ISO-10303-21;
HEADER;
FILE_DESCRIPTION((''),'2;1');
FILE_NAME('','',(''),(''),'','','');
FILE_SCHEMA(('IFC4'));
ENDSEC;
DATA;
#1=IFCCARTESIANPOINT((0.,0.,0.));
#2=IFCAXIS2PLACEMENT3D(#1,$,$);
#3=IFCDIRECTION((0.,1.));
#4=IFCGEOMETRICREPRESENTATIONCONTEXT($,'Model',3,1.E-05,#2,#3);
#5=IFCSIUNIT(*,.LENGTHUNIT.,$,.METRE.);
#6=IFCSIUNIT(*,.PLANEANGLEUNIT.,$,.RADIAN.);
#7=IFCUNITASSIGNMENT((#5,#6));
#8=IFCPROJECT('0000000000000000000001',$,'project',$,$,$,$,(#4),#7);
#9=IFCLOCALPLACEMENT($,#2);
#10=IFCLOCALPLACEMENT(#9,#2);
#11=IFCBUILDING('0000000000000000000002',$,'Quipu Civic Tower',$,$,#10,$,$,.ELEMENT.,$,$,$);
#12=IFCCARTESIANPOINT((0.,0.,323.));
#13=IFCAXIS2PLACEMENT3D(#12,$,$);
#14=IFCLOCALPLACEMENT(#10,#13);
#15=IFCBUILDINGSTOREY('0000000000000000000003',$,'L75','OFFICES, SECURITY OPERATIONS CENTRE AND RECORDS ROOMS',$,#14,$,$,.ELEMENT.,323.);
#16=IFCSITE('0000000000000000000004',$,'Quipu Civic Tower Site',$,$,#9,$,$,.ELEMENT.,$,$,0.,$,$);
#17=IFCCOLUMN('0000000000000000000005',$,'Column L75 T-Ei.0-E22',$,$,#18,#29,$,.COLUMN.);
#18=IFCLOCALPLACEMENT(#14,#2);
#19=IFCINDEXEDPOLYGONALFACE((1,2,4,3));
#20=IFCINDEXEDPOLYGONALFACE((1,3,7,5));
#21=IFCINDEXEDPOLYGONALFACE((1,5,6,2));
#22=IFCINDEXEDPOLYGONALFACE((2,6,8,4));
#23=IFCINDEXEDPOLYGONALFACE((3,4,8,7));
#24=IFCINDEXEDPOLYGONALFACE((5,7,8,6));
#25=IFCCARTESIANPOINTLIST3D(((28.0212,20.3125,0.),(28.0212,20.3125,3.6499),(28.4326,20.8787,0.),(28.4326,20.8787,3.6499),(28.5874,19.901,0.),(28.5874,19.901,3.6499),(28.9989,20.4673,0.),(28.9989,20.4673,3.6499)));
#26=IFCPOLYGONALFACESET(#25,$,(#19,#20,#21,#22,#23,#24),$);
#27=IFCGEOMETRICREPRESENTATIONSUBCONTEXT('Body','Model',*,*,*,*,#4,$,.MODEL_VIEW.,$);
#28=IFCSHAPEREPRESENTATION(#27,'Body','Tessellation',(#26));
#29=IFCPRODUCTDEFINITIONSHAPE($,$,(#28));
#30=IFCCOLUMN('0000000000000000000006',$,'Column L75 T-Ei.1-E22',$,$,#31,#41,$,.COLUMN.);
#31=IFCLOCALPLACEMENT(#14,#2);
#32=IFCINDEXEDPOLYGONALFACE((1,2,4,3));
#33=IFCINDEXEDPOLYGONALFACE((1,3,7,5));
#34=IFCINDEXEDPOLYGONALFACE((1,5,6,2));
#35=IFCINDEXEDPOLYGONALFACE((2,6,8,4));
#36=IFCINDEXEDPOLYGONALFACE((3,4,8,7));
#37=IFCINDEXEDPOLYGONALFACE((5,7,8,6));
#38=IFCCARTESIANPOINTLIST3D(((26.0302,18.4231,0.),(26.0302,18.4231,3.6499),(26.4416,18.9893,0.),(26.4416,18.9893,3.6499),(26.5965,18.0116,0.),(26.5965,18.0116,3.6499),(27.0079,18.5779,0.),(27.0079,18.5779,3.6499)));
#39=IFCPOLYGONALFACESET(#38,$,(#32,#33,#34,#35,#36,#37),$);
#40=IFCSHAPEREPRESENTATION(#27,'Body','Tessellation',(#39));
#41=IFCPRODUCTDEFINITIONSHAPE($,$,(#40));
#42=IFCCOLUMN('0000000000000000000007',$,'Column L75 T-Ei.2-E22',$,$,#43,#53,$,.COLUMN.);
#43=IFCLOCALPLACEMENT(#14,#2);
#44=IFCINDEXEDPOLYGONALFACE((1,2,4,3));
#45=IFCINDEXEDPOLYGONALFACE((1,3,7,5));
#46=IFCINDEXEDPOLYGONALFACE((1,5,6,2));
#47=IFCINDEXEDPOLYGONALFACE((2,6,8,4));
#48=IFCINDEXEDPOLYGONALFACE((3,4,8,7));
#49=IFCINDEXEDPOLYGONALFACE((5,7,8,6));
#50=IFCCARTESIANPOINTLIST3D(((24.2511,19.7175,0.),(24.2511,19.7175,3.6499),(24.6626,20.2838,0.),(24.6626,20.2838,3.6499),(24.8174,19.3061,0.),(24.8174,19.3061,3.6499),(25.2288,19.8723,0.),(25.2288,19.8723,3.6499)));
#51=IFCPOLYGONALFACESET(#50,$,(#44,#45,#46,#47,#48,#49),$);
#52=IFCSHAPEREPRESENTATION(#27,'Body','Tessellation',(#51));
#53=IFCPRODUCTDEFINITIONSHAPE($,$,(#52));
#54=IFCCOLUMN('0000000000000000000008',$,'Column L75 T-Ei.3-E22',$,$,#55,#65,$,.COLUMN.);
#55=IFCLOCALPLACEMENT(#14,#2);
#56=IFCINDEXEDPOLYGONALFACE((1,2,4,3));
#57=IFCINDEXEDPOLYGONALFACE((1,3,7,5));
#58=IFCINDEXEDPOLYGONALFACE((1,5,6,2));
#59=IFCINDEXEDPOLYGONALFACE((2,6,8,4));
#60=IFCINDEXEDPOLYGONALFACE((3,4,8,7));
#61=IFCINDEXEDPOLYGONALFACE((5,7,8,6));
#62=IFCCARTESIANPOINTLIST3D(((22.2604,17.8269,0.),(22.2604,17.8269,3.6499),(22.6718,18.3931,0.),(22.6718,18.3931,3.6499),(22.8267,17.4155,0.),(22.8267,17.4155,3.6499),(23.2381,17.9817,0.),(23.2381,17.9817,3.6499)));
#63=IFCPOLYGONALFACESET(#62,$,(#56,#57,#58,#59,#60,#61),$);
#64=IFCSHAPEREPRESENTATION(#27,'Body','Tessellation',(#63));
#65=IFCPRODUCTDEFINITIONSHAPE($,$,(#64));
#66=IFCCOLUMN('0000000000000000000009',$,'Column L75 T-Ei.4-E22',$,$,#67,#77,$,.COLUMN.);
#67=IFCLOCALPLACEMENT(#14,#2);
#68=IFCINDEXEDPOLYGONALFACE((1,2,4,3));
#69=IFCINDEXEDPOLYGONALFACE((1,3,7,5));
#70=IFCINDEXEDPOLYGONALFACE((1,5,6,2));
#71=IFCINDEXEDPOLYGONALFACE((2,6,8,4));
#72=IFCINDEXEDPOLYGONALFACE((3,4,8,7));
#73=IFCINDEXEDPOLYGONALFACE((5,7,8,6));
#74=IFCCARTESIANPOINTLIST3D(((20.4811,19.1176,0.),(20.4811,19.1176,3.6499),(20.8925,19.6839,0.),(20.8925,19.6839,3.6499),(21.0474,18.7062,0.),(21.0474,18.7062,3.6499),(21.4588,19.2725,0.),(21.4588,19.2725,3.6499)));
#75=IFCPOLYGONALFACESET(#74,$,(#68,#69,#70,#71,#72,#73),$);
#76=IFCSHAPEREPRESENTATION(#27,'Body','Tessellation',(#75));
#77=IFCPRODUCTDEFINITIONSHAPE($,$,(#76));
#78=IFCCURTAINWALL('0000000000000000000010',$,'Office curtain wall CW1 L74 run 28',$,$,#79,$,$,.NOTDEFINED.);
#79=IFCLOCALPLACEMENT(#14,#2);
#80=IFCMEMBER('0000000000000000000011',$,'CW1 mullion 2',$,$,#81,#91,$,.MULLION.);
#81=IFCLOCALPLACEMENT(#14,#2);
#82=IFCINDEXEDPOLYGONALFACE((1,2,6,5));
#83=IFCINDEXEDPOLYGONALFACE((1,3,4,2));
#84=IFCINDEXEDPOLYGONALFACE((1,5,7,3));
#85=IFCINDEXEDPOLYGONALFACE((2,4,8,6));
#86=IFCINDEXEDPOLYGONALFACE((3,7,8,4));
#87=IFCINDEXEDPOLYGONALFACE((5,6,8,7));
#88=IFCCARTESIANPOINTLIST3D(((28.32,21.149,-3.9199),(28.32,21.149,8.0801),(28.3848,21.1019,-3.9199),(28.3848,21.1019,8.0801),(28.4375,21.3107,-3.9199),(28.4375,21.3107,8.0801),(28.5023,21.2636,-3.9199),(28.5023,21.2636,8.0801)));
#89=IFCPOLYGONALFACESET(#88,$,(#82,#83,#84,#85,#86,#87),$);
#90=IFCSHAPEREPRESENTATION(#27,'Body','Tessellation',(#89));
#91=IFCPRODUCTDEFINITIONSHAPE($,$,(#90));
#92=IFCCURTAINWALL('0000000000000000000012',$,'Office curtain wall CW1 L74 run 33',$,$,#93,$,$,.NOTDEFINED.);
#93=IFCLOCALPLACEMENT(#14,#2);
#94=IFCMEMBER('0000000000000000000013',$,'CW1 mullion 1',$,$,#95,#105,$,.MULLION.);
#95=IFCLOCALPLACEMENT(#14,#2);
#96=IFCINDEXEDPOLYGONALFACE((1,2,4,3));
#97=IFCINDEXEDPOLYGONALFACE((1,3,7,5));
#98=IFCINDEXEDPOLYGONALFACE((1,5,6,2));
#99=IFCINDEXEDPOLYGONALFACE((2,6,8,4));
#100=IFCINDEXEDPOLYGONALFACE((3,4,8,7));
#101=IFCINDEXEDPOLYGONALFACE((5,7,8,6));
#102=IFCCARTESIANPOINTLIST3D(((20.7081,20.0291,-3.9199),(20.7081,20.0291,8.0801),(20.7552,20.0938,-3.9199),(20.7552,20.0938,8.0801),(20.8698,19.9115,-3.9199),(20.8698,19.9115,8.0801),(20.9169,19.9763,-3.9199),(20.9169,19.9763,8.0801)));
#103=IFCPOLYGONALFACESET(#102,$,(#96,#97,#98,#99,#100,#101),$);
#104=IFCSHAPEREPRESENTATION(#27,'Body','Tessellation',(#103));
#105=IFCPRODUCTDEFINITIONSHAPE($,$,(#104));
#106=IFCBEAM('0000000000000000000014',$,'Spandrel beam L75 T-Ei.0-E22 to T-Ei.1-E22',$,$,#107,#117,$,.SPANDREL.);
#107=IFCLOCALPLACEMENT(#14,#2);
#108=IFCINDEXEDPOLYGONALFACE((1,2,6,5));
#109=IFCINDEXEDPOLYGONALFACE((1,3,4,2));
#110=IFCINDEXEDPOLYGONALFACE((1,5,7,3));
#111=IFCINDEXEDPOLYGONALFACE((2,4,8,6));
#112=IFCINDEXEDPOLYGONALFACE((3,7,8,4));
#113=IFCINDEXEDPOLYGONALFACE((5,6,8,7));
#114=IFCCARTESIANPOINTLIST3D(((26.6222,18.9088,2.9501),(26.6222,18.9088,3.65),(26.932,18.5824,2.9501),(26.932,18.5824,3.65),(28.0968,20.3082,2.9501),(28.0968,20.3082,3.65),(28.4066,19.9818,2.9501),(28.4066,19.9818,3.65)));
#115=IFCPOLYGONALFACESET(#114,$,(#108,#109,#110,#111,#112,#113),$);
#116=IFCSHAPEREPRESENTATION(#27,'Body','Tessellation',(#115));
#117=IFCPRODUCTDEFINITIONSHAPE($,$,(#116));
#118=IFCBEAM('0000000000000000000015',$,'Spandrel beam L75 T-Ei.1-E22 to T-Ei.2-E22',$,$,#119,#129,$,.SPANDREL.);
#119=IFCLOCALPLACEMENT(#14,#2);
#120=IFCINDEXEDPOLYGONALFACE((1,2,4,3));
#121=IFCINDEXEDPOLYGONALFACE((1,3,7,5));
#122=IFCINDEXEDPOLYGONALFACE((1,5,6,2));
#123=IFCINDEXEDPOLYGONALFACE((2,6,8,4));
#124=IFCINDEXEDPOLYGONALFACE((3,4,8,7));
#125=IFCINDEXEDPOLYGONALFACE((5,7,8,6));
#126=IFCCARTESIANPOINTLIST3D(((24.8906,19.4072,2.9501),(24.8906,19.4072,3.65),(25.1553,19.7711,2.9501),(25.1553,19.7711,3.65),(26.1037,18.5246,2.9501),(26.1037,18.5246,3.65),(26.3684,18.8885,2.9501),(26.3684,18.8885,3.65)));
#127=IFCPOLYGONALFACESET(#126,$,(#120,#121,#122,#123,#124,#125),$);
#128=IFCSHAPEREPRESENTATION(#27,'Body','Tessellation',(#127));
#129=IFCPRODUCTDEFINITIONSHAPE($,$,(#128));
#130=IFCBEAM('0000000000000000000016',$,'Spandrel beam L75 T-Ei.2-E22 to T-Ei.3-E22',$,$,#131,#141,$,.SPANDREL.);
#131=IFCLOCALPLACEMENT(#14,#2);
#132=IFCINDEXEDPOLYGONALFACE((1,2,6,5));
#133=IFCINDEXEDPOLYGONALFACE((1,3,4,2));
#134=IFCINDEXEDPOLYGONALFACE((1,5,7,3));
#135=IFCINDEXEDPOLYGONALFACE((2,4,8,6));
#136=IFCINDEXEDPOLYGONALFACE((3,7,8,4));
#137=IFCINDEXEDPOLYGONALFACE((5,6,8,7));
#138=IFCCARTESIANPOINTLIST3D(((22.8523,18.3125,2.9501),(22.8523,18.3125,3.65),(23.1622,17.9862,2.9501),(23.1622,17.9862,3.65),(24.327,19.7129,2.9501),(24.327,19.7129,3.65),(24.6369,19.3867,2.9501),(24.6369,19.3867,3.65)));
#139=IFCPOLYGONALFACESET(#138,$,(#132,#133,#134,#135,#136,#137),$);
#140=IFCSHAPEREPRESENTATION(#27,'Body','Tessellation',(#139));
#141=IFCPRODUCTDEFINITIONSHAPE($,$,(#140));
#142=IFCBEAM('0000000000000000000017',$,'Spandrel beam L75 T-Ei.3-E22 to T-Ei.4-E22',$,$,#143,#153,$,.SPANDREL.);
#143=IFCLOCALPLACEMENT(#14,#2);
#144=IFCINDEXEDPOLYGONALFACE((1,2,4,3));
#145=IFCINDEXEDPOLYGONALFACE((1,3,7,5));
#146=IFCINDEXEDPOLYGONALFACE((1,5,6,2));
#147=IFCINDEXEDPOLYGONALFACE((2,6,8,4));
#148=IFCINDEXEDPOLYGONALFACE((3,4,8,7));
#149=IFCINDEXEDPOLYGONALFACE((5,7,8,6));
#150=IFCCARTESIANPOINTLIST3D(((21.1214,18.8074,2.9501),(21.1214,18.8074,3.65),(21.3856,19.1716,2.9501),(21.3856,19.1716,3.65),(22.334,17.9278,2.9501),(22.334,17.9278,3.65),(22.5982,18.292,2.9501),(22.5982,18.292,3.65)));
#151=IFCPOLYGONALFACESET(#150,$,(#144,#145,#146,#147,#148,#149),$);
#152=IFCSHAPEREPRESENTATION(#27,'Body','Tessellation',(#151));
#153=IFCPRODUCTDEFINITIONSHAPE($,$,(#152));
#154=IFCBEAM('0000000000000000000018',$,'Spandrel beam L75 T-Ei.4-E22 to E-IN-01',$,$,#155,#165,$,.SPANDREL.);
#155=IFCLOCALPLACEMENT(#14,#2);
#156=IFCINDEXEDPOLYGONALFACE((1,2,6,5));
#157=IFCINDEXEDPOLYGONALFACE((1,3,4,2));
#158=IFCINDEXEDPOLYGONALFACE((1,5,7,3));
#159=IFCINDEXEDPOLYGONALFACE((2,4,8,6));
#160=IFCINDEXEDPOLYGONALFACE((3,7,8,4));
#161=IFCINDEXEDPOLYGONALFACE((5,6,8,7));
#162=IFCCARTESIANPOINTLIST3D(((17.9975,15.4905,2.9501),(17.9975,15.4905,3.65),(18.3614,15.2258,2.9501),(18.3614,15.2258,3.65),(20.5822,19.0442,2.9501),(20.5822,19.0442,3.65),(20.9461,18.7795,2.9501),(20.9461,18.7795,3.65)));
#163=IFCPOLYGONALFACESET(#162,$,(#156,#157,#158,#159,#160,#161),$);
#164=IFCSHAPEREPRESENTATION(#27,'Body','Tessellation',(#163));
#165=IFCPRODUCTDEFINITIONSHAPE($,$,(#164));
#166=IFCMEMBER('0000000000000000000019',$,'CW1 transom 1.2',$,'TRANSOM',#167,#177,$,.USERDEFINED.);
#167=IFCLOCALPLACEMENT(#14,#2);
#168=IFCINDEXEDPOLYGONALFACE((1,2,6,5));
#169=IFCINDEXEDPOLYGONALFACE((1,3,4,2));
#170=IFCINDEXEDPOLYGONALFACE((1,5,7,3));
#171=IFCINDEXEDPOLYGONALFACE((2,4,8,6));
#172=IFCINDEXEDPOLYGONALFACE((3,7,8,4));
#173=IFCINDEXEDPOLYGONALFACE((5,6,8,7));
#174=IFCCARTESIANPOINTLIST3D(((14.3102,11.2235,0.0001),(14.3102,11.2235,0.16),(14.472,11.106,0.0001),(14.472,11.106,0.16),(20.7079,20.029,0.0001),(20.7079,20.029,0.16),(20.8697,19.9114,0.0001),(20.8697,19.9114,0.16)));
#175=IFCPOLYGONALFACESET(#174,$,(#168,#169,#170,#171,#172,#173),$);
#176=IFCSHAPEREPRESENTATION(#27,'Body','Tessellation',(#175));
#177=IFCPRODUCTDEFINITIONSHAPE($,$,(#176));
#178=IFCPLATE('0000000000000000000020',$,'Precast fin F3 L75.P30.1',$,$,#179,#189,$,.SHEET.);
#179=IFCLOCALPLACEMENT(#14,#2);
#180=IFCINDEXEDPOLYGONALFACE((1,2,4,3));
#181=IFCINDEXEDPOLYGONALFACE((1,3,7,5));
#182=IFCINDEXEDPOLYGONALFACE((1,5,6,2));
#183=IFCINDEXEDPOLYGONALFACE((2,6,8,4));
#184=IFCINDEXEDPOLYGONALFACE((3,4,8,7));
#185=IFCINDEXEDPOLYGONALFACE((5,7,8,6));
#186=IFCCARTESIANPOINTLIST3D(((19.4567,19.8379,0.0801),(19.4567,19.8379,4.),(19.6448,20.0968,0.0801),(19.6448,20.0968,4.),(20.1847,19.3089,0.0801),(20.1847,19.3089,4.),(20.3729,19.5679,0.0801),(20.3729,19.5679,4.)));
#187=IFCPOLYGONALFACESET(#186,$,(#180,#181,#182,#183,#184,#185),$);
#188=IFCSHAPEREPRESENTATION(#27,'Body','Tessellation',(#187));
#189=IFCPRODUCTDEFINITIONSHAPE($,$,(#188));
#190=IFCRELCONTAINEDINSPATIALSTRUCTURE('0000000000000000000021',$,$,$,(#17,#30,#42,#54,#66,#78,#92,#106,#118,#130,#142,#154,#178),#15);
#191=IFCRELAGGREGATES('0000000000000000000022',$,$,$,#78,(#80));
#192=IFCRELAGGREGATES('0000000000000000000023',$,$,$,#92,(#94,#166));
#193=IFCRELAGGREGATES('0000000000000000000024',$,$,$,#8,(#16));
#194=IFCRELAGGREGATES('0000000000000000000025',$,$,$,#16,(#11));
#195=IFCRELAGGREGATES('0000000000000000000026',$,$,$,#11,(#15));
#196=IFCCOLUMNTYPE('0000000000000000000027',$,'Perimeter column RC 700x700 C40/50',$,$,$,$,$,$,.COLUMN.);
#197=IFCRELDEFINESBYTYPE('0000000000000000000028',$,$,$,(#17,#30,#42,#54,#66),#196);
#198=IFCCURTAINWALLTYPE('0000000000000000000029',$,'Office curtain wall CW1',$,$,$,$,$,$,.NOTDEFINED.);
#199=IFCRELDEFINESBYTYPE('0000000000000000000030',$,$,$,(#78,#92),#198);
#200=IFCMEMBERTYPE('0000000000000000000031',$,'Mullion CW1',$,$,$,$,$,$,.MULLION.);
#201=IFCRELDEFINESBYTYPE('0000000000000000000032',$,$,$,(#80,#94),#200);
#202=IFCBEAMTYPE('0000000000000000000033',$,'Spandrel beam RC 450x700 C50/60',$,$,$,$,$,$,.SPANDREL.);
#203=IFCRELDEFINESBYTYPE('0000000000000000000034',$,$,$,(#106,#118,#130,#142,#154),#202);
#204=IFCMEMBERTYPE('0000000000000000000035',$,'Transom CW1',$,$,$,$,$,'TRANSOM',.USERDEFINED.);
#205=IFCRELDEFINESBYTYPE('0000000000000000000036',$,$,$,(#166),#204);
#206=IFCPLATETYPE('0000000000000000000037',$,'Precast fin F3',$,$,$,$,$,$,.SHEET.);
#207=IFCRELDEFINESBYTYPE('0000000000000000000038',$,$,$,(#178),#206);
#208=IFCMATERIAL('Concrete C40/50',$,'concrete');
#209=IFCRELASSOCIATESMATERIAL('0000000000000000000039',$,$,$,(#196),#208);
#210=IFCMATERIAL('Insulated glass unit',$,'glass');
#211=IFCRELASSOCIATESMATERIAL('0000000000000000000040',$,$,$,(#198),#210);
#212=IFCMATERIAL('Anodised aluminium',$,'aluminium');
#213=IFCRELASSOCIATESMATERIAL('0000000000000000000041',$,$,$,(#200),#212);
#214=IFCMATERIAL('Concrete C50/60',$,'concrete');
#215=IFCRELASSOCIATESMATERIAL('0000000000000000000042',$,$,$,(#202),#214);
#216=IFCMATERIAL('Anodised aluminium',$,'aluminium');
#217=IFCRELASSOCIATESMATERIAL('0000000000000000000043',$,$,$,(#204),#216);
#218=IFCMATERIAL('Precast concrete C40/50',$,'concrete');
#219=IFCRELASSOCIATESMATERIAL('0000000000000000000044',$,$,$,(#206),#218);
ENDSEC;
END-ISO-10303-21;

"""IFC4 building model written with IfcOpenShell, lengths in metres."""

from ifc_helpers import new_model, si_unit, direction, frame, origin, origin_2d, place, context, subcontext, project, spatial, rectangle, extrude, material, material_profile, profile_set, type_object, element, aggregate, save


model = new_model("IFC4")

# Units and contexts
model_context = context("Model", 3, precision=1e-05, world=origin(), true_north=direction((0.0, 1.0)))
body_context = subcontext(model_context, "Body", "Model", "MODEL_VIEW")
ifc_project = project(units=[si_unit("LENGTHUNIT", "METRE"), si_unit("PLANEANGLEUNIT", "RADIAN")], contexts=[model_context])

# Site, building, storey
site_placement = place(None, origin())
site = spatial("IfcSite", under=ifc_project, at=site_placement, Name="Quipu Civic Tower Site", CompositionType="ELEMENT", RefElevation=0.0)
building_placement = place(site_placement, origin())
building = spatial("IfcBuilding", under=site, at=building_placement, Name="Quipu Civic Tower", CompositionType="ELEMENT")
storey_placement = place(building_placement, frame((0.0, 0.0, 323.0)))
storey = spatial("IfcBuildingStorey", under=building, at=storey_placement, Name="L75", Description="OFFICES, SECURITY OPERATIONS CENTRE AND RECORDS ROOMS", CompositionType="ELEMENT", Elevation=323.0)

# Columns
ifc_material_1 = material(Name="Concrete C40/50", Category="concrete")
ifc_material_profile_1 = material_profile(ifc_material_1, rectangle(XDim=0.7, YDim=0.7, at=origin_2d()), Name="RC700x700")
ifc_profile_set_1 = profile_set([ifc_material_profile_1], Name="Concrete C40/50")
column_type = type_object("IfcColumnType", Name="Perimeter column RC 700x700 C40/50", PredefinedType="COLUMN", material=ifc_profile_set_1)
for number, where, z_axis, x_axis, name in (
    (1, (28.51, 20.3899, 0.0), (0.0, 0.0, 1.0), (-0.587785, -0.809017, 0.0), "Column L75 T-Ei.0-E22"),
    (2, (26.519, 18.5005, 0.0), (0.0, 0.0, 1.0), (-0.809017, 0.587785, 0.0), "Column L75 T-Ei.1-E22"),
    (3, (24.74, 19.7949, 0.0), (0.0, 0.0, 1.0), (-0.587785, -0.809017, 0.0), "Column L75 T-Ei.2-E22"),
    (4, (22.7493, 17.9043, 0.0), (0.0, 0.0, 1.0), (-0.587785, -0.809017, 0.0), "Column L75 T-Ei.3-E22"),
    (5, (20.97, 19.1951, 0.0), (0.0, 0.0, 1.0), (-0.587785, -0.809017, 0.0), "Column L75 T-Ei.4-E22"),
):
    element("IfcColumn", number, at=place(storey_placement, frame(where, z_axis=z_axis, x_axis=x_axis)), inside=storey, type_object=column_type, Name=name, PredefinedType="COLUMN", context=body_context, shape_type="SweptSolid", body=[
        extrude(rectangle(XDim=0.7, YDim=0.7, at=origin_2d()), origin(), (0.0, 0.0, 1.0), 3.6499),
    ])

# Curtain walls, members
ifc_material_2 = material(Name="Insulated glass unit", Category="glass")
curtain_wall_type = type_object("IfcCurtainWallType", Name="Office curtain wall CW1", PredefinedType="NOTDEFINED", material=ifc_material_2)
curtain_wall_1_placement = place(storey_placement, origin())
curtain_wall_1 = element("IfcCurtainWall", 6, at=curtain_wall_1_placement, inside=storey, type_object=curtain_wall_type, Name="Office curtain wall CW1 L74 run 28", PredefinedType="NOTDEFINED")
ifc_material_3 = material(Name="Anodised aluminium", Category="aluminium")
ifc_material_profile_2 = material_profile(ifc_material_3, rectangle(XDim=0.2, YDim=0.0801, at=origin_2d()), Name="RECT 200x80")
ifc_profile_set_2 = profile_set([ifc_material_profile_2], Name="Anodised aluminium")
member_type_1 = type_object("IfcMemberType", Name="Mullion CW1", PredefinedType="MULLION", material=ifc_profile_set_2)
member_1_placement = place(storey_placement, frame((28.4111, 21.2063, -3.9199), z_axis=(0.0, 0.0, 1.0), x_axis=(-0.587788, -0.809015, 0.0)))
member_1 = element("IfcMember", 7, at=member_1_placement, type_object=member_type_1, Name="CW1 mullion 2", PredefinedType="MULLION", context=body_context, shape_type="SweptSolid", body=[
    extrude(rectangle(XDim=0.2, YDim=0.0801, at=origin_2d()), origin(), (0.0, 0.0, 1.0), 12.0),
])
aggregate(curtain_wall_1, [member_1])
curtain_wall_2_placement = place(storey_placement, origin())
curtain_wall_2 = element("IfcCurtainWall", 8, at=curtain_wall_2_placement, inside=storey, type_object=curtain_wall_type, Name="Office curtain wall CW1 L74 run 33", PredefinedType="NOTDEFINED")
member_2_placement = place(storey_placement, frame((20.8125, 20.0027, -3.9199), z_axis=(0.0, 0.0, 1.0), x_axis=(0.809015, -0.587788, 0.0)))
member_2 = element("IfcMember", 9, at=member_2_placement, type_object=member_type_1, Name="CW1 mullion 1", PredefinedType="MULLION", context=body_context, shape_type="SweptSolid", body=[
    extrude(rectangle(XDim=0.2, YDim=0.0801, at=origin_2d()), origin(), (0.0, 0.0, 1.0), 12.0),
])

# Beams
ifc_material_4 = material(Name="Concrete C50/60", Category="concrete")
ifc_material_profile_3 = material_profile(ifc_material_4, rectangle(XDim=0.45, YDim=0.7, at=origin_2d()), Name="RC450x700")
ifc_profile_set_3 = profile_set([ifc_material_profile_3], Name="Concrete C50/60")
beam_type = type_object("IfcBeamType", Name="Spandrel beam RC 450x700 C50/60", PredefinedType="SPANDREL", material=ifc_profile_set_3)
beam_1_placement = place(storey_placement, frame((28.2517, 20.145, 3.3), z_axis=(-0.725359, -0.688371, 0.0), x_axis=(0.688371, -0.725359, 0.0)))
element("IfcBeam", 10, at=beam_1_placement, inside=storey, type_object=beam_type, Name="Spandrel beam L75 T-Ei.0-E22 to T-Ei.1-E22", PredefinedType="SPANDREL", context=body_context, shape_type="SweptSolid", body=[
    extrude(rectangle(XDim=0.45, YDim=0.7, at=origin_2d()), origin(), (0.0, 0.0, 1.0), 2.033),
])
beam_2_placement = place(storey_placement, frame((26.2361, 18.7065, 3.3), z_axis=(-0.808645, 0.588297, 0.0), x_axis=(-0.588297, -0.808645, 0.0)))
element("IfcBeam", 11, at=beam_2_placement, inside=storey, type_object=beam_type, Name="Spandrel beam L75 T-Ei.1-E22 to T-Ei.2-E22", PredefinedType="SPANDREL", context=body_context, shape_type="SweptSolid", body=[
    extrude(rectangle(XDim=0.45, YDim=0.7, at=origin_2d()), origin(), (0.0, 0.0, 1.0), 1.5002),
])
beam_3_placement = place(storey_placement, frame((24.4819, 19.5498, 3.3), z_axis=(-0.725119, -0.688623, 0.0), x_axis=(0.688623, -0.725119, 0.0)))
element("IfcBeam", 12, at=beam_3_placement, inside=storey, type_object=beam_type, Name="Spandrel beam L75 T-Ei.2-E22 to T-Ei.3-E22", PredefinedType="SPANDREL", context=body_context, shape_type="SweptSolid", body=[
    extrude(rectangle(XDim=0.45, YDim=0.7, at=origin_2d()), origin(), (0.0, 0.0, 1.0), 2.0337),
])
beam_4_placement = place(storey_placement, frame((22.4661, 18.1099, 3.3), z_axis=(-0.809461, 0.587173, 0.0), x_axis=(-0.587173, -0.809461, 0.0)))
element("IfcBeam", 13, at=beam_4_placement, inside=storey, type_object=beam_type, Name="Spandrel beam L75 T-Ei.3-E22 to T-Ei.4-E22", PredefinedType="SPANDREL", context=body_context, shape_type="SweptSolid", body=[
    extrude(rectangle(XDim=0.45, YDim=0.7, at=origin_2d()), origin(), (0.0, 0.0, 1.0), 1.498),
])
beam_5_placement = place(storey_placement, frame((20.7642, 18.9119, 3.3), z_axis=(-0.588201, -0.808714, 0.0), x_axis=(0.808714, -0.588201, 0.0)))
element("IfcBeam", 14, at=beam_5_placement, inside=storey, type_object=beam_type, Name="Spandrel beam L75 T-Ei.4-E22 to E-IN-01", PredefinedType="SPANDREL", context=body_context, shape_type="SweptSolid", body=[
    extrude(rectangle(XDim=0.45, YDim=0.7, at=origin_2d()), origin(), (0.0, 0.0, 1.0), 4.3943),
])

# Member
ifc_material_5 = material(Name="Anodised aluminium", Category="aluminium")
ifc_material_profile_4 = material_profile(ifc_material_5, rectangle(XDim=0.2, YDim=0.1599, at=origin_2d()), Name="RECT 200x160")
ifc_profile_set_4 = profile_set([ifc_material_profile_4], Name="Anodised aluminium")
member_type_2 = type_object("IfcMemberType", Name="Transom CW1", ElementType="TRANSOM", PredefinedType="USERDEFINED", material=ifc_profile_set_4)
member_3_placement = place(storey_placement, frame((20.7888, 19.9702, 0.0801), z_axis=(-0.587797, -0.809009, 0.0), x_axis=(0.809009, -0.587797, 0.0)))
member_3 = element("IfcMember", 15, at=member_3_placement, type_object=member_type_2, Name="CW1 transom 1.2", ObjectType="TRANSOM", PredefinedType="USERDEFINED", context=body_context, shape_type="SweptSolid", body=[
    extrude(rectangle(XDim=0.2, YDim=0.1599, at=origin_2d()), origin(), (0.0, 0.0, 1.0), 10.8843),
])
aggregate(curtain_wall_2, [member_2, member_3])

# Plate
ifc_material_6 = material(Name="Precast concrete C40/50", Category="concrete")
plate_type = type_object("IfcPlateType", Name="Precast fin F3", PredefinedType="SHEET", material=ifc_material_6)
plate_placement = place(storey_placement, frame((19.9148, 19.7029, 0.0801), z_axis=(0.0, 0.0, 1.0), x_axis=(-0.587784, -0.809018, 0.0)))
element("IfcPlate", 16, at=plate_placement, inside=storey, type_object=plate_type, Name="Precast fin F3 L75.P30.1", PredefinedType="SHEET", context=body_context, shape_type="SweptSolid", body=[
    extrude(rectangle(XDim=0.3201, YDim=0.8999, at=origin_2d()), origin(), (0.0, 0.0, 1.0), 3.9199),
])

save(model, "model.ifc")
